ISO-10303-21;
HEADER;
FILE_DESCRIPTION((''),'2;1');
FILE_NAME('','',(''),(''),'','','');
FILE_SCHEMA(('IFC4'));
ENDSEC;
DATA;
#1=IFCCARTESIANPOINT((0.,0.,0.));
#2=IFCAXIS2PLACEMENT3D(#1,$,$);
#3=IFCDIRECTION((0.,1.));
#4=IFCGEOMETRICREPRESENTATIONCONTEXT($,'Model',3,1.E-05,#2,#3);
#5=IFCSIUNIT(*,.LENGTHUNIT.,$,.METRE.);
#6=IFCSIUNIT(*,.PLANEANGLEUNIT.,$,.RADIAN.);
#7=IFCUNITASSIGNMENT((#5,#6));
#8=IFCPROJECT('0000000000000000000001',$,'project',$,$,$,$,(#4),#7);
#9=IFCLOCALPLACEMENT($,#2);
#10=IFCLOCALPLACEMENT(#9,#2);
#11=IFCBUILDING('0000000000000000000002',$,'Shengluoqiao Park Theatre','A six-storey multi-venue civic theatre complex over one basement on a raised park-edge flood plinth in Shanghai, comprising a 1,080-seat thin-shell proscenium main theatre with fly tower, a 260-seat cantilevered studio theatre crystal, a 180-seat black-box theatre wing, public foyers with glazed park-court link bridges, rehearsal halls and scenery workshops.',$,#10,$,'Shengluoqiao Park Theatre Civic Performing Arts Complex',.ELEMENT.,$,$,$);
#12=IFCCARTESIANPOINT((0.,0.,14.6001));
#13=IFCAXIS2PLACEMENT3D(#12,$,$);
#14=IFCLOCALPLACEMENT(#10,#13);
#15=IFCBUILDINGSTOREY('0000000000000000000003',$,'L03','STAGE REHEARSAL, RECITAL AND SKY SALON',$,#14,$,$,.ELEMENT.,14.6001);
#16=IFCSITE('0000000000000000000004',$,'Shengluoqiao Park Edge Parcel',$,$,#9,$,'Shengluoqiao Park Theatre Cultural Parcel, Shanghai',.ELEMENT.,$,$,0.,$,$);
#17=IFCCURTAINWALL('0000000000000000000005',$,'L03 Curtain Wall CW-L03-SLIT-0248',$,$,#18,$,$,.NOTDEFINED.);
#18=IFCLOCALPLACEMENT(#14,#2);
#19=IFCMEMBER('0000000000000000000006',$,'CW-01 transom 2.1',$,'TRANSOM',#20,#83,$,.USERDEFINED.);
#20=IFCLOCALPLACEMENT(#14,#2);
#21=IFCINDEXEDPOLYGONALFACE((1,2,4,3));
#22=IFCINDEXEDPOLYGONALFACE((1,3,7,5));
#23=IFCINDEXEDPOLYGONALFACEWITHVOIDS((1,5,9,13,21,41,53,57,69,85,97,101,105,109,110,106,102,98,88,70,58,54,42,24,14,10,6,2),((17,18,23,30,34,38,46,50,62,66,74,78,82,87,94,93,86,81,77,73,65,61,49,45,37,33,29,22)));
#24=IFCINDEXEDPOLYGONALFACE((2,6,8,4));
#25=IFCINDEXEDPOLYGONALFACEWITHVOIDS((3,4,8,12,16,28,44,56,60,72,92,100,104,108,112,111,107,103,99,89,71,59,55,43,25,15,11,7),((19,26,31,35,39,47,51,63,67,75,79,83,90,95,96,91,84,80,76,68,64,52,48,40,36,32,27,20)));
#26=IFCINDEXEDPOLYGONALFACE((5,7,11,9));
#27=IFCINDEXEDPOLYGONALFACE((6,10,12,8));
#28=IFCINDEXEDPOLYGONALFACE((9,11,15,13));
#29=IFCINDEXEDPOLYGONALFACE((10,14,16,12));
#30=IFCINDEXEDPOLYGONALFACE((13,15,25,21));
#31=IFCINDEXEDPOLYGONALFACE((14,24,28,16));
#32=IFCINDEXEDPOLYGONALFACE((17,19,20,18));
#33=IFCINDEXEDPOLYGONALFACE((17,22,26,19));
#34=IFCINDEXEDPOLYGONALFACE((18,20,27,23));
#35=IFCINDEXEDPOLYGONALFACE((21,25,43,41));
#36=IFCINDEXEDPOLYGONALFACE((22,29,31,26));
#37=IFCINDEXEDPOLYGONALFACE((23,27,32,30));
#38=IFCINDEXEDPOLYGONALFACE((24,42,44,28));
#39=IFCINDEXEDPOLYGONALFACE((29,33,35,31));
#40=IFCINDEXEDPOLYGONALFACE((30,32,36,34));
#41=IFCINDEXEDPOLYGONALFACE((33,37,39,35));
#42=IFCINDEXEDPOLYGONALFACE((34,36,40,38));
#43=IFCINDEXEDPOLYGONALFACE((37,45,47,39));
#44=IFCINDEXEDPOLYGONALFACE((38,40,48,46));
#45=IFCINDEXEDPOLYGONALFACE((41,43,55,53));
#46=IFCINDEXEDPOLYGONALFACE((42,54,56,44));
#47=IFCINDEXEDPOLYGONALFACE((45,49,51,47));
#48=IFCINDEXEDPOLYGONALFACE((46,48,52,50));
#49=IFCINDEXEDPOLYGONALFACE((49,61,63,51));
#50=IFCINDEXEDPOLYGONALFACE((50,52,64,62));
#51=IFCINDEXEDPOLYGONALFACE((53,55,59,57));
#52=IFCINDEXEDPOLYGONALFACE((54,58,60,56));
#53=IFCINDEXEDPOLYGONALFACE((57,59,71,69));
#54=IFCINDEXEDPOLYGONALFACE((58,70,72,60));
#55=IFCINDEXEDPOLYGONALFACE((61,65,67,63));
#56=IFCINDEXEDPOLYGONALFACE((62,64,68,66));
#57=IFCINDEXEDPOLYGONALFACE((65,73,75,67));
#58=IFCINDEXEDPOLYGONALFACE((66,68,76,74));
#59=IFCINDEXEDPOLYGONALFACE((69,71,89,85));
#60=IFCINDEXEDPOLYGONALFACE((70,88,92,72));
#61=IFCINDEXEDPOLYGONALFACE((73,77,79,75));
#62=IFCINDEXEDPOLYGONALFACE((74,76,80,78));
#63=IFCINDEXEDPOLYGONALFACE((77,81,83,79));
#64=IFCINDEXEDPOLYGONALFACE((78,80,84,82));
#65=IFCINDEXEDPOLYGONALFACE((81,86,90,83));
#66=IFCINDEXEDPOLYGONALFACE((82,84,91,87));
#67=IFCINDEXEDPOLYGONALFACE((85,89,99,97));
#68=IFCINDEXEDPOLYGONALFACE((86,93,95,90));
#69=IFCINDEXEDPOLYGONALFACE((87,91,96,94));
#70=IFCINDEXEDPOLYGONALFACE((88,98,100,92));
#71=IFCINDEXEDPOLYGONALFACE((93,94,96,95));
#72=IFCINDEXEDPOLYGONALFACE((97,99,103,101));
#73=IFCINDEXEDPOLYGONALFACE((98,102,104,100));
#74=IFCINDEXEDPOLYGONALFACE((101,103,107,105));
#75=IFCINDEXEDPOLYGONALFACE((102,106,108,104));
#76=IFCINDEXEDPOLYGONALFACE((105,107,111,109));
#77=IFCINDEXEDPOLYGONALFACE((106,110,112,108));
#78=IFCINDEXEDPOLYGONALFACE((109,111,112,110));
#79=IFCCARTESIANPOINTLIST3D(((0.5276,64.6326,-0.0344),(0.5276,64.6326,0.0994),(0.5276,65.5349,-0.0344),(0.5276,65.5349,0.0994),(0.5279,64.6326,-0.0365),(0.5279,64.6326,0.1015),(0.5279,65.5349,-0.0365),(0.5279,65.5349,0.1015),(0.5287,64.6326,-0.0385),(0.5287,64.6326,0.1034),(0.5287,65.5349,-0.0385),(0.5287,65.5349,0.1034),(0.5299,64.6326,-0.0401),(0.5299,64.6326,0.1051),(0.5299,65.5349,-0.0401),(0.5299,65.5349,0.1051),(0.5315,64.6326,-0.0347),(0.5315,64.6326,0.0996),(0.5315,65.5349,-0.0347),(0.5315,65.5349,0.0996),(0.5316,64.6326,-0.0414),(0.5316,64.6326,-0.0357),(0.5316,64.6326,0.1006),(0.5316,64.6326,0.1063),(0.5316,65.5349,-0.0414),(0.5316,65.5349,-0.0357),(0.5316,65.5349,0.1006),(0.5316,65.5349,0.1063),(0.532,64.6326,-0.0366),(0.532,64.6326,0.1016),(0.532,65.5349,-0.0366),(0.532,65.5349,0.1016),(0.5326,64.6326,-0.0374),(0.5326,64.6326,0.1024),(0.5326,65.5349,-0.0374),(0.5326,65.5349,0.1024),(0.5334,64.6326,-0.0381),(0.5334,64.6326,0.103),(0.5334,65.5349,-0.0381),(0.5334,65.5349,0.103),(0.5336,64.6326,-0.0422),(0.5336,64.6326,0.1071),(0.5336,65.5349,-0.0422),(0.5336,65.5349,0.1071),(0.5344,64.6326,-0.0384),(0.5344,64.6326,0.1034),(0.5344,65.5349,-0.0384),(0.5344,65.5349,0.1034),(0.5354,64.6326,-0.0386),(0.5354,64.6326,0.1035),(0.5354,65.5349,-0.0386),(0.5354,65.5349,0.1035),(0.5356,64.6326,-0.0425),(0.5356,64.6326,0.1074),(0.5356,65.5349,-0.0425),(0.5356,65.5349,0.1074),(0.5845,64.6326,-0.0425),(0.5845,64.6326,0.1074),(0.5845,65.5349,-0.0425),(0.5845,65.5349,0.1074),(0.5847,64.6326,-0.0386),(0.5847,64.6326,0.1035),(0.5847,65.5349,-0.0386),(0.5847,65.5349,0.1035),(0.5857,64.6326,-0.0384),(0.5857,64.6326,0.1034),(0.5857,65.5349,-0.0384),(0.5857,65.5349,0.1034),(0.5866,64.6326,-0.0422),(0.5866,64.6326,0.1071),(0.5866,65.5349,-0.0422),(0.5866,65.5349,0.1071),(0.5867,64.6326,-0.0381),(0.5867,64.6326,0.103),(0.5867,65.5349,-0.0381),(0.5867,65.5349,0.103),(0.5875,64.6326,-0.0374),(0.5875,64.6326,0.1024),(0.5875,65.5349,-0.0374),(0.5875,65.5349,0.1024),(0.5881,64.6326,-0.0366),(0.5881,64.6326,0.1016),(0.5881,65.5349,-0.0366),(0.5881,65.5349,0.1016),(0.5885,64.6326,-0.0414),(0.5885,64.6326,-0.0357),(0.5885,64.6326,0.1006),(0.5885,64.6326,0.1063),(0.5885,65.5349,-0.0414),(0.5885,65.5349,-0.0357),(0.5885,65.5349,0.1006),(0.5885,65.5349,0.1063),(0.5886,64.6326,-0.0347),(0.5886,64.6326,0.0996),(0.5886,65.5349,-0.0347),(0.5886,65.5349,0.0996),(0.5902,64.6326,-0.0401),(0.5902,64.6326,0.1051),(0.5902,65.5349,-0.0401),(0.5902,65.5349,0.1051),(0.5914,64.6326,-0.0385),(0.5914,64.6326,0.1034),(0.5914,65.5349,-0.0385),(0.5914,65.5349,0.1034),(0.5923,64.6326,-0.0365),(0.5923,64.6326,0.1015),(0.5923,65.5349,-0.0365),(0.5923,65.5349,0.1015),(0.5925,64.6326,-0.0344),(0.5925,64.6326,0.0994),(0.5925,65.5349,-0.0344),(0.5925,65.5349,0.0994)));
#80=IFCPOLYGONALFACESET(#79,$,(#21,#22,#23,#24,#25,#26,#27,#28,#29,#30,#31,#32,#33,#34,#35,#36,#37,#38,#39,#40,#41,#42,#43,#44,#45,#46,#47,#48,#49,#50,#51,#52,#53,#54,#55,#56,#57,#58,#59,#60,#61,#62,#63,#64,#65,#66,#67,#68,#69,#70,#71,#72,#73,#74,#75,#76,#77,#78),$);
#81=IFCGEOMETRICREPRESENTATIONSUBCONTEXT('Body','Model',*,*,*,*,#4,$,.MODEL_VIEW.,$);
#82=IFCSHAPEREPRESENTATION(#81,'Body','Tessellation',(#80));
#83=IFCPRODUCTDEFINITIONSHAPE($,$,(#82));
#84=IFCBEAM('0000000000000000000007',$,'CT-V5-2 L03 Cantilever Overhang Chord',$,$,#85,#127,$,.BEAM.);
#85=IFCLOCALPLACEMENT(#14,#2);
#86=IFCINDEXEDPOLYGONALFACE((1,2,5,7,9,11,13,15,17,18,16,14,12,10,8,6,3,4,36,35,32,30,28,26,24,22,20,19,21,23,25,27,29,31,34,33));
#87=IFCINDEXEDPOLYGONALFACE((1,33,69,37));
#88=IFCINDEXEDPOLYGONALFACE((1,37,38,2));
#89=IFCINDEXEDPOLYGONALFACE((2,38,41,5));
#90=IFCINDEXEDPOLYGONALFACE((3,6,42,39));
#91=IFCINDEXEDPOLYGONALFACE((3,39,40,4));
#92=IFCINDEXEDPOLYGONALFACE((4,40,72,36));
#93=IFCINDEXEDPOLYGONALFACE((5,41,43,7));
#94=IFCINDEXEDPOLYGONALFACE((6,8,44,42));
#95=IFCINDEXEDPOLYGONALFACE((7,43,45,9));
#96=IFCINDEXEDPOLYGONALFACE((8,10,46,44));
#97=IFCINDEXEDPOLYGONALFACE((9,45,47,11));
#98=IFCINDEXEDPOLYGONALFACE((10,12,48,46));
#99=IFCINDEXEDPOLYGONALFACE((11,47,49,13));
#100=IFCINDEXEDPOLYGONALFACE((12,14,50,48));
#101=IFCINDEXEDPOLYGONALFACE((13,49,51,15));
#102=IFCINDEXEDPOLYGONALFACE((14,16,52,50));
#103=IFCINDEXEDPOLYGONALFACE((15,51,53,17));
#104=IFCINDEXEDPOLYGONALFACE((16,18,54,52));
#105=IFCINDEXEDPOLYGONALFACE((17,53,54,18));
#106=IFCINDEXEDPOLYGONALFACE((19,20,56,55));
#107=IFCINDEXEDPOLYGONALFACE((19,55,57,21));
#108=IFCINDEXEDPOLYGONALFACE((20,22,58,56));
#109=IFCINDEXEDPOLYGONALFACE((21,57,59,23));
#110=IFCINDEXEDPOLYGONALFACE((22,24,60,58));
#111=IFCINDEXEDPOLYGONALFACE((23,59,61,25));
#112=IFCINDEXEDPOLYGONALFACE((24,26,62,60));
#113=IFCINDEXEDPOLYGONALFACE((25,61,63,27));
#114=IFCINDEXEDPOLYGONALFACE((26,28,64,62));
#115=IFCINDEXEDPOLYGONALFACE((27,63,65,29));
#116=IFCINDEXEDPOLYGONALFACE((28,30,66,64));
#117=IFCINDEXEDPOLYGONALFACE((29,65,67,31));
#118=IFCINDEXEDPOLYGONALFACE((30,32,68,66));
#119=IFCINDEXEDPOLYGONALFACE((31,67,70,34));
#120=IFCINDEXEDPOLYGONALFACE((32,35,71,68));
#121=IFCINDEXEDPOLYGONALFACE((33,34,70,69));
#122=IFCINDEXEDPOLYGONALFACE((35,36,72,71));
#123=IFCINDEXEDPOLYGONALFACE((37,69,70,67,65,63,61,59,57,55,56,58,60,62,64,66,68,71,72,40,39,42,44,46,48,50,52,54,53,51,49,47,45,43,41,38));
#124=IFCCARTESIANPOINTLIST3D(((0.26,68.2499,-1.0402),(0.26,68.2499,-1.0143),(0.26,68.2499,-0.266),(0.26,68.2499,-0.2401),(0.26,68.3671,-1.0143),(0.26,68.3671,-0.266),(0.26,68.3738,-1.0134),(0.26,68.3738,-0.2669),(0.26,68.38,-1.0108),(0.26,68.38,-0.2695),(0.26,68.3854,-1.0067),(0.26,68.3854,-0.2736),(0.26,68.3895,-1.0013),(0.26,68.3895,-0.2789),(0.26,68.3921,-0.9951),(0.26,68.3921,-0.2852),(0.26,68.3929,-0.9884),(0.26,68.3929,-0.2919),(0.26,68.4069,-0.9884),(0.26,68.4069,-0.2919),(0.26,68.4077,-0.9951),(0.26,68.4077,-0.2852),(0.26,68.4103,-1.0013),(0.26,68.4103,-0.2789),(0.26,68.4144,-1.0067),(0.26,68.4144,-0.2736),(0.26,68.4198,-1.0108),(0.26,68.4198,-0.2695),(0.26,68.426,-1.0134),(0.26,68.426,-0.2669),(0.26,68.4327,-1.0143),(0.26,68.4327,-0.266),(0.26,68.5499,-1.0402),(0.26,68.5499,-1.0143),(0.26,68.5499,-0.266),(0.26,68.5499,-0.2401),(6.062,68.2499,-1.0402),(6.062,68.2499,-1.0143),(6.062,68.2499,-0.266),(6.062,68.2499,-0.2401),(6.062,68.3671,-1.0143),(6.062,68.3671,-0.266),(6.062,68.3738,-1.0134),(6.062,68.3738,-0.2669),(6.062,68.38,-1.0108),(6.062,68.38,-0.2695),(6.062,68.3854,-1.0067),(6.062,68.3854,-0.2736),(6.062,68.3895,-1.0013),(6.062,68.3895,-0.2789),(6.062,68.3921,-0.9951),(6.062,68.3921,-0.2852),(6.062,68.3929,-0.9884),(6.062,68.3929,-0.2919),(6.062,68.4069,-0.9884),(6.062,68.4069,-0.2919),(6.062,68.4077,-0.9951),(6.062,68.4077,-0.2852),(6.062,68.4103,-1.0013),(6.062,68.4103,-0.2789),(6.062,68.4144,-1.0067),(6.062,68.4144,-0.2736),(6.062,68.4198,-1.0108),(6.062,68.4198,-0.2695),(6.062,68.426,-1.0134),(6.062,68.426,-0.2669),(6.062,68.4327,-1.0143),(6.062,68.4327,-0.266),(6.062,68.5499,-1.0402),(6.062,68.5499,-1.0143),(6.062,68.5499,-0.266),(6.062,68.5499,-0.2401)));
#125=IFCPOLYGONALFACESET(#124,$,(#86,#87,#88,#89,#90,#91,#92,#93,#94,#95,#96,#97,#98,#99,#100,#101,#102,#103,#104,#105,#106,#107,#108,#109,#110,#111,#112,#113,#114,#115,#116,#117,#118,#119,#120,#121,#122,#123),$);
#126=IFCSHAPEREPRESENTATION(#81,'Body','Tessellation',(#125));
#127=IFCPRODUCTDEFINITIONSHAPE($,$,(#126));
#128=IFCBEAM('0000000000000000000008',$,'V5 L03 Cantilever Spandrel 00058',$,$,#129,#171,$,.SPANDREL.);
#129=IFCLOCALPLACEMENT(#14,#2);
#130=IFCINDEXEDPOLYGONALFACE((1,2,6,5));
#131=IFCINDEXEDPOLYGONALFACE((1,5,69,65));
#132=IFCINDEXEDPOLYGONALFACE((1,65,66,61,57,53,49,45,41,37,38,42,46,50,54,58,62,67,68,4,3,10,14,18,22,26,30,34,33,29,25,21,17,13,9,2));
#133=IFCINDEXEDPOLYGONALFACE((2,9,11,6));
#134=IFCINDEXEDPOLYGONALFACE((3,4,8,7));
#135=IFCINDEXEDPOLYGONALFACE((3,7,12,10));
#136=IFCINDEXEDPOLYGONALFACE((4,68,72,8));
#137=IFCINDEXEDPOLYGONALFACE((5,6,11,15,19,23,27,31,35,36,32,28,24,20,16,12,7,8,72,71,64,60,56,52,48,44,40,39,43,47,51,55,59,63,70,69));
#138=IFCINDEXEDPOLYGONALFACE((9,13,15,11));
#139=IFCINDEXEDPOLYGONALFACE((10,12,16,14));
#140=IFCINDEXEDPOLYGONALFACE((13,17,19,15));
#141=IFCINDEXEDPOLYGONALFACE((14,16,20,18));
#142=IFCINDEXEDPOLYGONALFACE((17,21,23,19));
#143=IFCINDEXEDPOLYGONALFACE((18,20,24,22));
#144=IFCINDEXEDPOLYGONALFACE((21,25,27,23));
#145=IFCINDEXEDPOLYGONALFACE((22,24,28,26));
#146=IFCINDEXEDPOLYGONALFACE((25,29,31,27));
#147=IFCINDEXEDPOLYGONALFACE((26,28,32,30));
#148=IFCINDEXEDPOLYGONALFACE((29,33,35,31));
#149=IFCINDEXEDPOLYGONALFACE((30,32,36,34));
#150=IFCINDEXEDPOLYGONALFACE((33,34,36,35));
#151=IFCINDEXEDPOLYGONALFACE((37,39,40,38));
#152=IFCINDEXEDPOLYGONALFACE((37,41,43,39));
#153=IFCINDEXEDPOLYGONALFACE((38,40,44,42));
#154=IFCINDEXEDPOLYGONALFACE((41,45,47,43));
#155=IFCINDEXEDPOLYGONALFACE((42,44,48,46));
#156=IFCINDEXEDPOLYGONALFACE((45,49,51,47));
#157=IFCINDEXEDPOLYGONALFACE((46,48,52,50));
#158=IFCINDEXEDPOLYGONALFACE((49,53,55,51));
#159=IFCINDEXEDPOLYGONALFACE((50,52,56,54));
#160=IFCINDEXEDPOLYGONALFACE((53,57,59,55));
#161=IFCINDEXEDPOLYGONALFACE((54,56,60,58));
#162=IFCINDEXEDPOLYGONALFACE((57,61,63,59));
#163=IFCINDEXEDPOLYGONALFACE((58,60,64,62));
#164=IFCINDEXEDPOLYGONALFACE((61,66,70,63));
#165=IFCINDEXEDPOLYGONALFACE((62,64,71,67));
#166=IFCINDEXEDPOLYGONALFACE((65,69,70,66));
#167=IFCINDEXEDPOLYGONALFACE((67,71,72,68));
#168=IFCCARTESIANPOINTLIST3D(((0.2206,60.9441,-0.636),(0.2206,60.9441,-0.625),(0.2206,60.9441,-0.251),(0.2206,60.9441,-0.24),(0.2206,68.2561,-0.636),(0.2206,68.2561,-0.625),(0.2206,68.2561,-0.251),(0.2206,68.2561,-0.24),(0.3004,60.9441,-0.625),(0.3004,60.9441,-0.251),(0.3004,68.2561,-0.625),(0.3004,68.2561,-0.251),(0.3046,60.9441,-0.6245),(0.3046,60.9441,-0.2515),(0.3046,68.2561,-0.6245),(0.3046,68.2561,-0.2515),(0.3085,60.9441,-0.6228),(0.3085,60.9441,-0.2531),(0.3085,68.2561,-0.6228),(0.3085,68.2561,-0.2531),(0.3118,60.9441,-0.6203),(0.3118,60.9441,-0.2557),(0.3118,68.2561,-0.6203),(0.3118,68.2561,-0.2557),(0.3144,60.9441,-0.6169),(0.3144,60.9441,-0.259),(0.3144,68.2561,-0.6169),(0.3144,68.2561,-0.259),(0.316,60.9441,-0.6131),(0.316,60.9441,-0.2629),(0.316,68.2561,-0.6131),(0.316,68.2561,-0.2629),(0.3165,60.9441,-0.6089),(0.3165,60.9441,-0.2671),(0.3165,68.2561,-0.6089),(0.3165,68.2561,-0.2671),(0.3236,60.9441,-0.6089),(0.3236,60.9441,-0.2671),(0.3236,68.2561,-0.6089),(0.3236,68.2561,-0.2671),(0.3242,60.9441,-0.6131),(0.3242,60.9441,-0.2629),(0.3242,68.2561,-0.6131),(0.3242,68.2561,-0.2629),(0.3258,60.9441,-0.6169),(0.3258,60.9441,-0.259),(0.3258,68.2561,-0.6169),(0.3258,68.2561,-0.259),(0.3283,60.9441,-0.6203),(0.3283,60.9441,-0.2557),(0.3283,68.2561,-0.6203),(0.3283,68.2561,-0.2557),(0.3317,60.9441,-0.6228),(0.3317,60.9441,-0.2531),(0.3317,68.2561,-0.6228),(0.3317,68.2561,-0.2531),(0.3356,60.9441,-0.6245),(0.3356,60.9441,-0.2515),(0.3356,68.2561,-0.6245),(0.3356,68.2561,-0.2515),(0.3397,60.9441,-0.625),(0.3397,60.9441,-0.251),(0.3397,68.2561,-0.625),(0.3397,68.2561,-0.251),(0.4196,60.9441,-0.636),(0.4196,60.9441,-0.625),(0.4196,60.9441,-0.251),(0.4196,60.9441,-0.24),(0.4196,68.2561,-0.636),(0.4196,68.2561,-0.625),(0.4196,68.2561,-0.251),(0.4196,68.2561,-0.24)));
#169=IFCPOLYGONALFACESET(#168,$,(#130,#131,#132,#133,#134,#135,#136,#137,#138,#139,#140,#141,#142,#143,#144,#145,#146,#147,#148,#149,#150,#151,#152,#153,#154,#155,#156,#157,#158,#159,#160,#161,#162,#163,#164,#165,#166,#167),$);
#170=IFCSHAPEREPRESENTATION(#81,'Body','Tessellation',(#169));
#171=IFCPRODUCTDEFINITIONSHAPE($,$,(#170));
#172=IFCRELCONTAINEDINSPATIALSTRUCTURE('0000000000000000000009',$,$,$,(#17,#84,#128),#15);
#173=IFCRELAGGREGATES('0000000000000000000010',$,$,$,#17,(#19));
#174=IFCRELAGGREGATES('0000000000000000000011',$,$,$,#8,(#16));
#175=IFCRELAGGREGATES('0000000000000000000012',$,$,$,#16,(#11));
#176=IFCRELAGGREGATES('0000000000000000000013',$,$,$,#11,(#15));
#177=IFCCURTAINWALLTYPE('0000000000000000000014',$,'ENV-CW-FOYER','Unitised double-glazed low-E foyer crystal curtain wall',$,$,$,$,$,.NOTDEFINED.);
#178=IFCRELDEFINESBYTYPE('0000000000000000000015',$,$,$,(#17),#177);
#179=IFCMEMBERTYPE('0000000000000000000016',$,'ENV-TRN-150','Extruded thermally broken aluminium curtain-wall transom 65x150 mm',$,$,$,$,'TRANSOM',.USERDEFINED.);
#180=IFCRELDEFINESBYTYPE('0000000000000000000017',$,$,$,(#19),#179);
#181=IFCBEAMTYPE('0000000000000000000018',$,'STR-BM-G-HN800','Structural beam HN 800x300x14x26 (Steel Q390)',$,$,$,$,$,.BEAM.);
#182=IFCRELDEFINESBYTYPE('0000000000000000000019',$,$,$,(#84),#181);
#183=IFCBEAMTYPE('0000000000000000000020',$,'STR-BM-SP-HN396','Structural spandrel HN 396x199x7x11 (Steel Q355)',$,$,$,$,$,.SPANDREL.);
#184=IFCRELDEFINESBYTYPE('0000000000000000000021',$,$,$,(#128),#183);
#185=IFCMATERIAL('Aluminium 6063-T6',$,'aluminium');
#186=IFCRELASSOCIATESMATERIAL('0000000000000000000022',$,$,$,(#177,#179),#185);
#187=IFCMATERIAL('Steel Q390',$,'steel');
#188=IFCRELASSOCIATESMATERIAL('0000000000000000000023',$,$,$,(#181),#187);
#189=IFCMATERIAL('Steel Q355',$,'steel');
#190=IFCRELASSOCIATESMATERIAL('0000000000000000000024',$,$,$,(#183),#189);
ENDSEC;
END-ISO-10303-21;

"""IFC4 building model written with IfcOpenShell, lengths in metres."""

from ifc_helpers import new_model, si_unit, direction, frame, origin, origin_2d, place, context, subcontext, project, spatial, hollow_rectangle, i_section, extrude, material, material_profile, profile_set, type_object, element, aggregate, save


model = new_model("IFC4")

# Units and contexts
model_context = context("Model", 3, precision=1e-05, world=origin(), true_north=direction((0.0, 1.0)))
body_context = subcontext(model_context, "Body", "Model", "MODEL_VIEW")
ifc_project = project(units=[si_unit("LENGTHUNIT", "METRE"), si_unit("PLANEANGLEUNIT", "RADIAN")], contexts=[model_context])

# Site, building, storey
site_placement = place(None, origin())
site = spatial("IfcSite", under=ifc_project, at=site_placement, Name="Shengluoqiao Park Edge Parcel", LongName="Shengluoqiao Park Theatre Cultural Parcel, Shanghai", CompositionType="ELEMENT", RefElevation=0.0)
building_placement = place(site_placement, origin())
building = spatial("IfcBuilding", under=site, at=building_placement, Name="Shengluoqiao Park Theatre", Description="A six-storey multi-venue civic theatre complex over one basement on a raised park-edge flood plinth in Shanghai, comprising a 1,080-seat thin-shell proscenium main theatre with fly tower, a 260-seat cantilevered studio theatre crystal, a 180-seat black-box theatre wing, public foyers with glazed park-court link bridges, rehearsal halls and scenery workshops.", LongName="Shengluoqiao Park Theatre Civic Performing Arts Complex", CompositionType="ELEMENT")
storey_placement = place(building_placement, frame((0.0, 0.0, 14.6001)))
storey = spatial("IfcBuildingStorey", under=building, at=storey_placement, Name="L03", Description="STAGE REHEARSAL, RECITAL AND SKY SALON", CompositionType="ELEMENT", Elevation=14.6001)

# Curtain wall, member
ifc_material_1 = material(Name="Aluminium 6063-T6", Category="aluminium")
curtain_wall_type = type_object("IfcCurtainWallType", Name="ENV-CW-FOYER", Description="Unitised double-glazed low-E foyer crystal curtain wall", PredefinedType="NOTDEFINED", material=ifc_material_1)
curtain_wall_placement = place(storey_placement, origin())
curtain_wall = element("IfcCurtainWall", 1, at=curtain_wall_placement, inside=storey, type_object=curtain_wall_type, Name="L03 Curtain Wall CW-L03-SLIT-0248", PredefinedType="NOTDEFINED")
ifc_material_profile_1 = material_profile(ifc_material_1, hollow_rectangle(XDim=0.0649, YDim=0.1499, WallThickness=0.0039, InnerFilletRadius=0.0039, OuterFilletRadius=0.0081, at=origin_2d()), Name="ALU TRANSOM 150x65x4")
ifc_profile_set_1 = profile_set([ifc_material_profile_1], Name="Aluminium 6063-T6")
member_type_1 = type_object("IfcMemberType", Name="ENV-TRN-150", Description="Extruded thermally broken aluminium curtain-wall transom 65x150 mm", ElementType="TRANSOM", PredefinedType="USERDEFINED", material=ifc_profile_set_1)
member_1_placement = place(storey_placement, frame((0.5601, 64.6326, 0.0325), z_axis=(0.0, 1.0, 0.0), x_axis=(-1.0, 0.0, 0.0)))
member_1 = element("IfcMember", 2, at=member_1_placement, type_object=member_type_1, Name="CW-01 transom 2.1", ObjectType="TRANSOM", PredefinedType="USERDEFINED", context=body_context, shape_type="SweptSolid", body=[
    extrude(hollow_rectangle(XDim=0.0649, YDim=0.1499, WallThickness=0.0039, InnerFilletRadius=0.0039, OuterFilletRadius=0.0081, at=origin_2d()), origin(), (0.0, 0.0, 1.0), 0.9023),
])

# Beams
ifc_material_2 = material(Name="Steel Q390", Category="steel")
ifc_material_profile_2 = material_profile(ifc_material_2, i_section(OverallWidth=0.3, OverallDepth=0.8, WebThickness=0.0139, FlangeThickness=0.0259, FilletRadius=0.0259, at=origin_2d()), Name="HN 800x300x14x26")
ifc_profile_set_2 = profile_set([ifc_material_profile_2], Name="Steel Q390")
beam_type_1 = type_object("IfcBeamType", Name="STR-BM-G-HN800", Description="Structural beam HN 800x300x14x26 (Steel Q390)", PredefinedType="BEAM", material=ifc_profile_set_2)
beam_placement = place(storey_placement, frame((0.26, 68.3999, -0.6401), z_axis=(1.0, 0.0, 0.0), x_axis=(0.0, 1.0, 0.0)))
element("IfcBeam", 3, at=beam_placement, inside=storey, type_object=beam_type_1, Name="CT-V5-2 L03 Cantilever Overhang Chord", PredefinedType="BEAM", context=body_context, shape_type="SweptSolid", body=[
    extrude(i_section(OverallWidth=0.3, OverallDepth=0.8, WebThickness=0.0139, FlangeThickness=0.0259, FilletRadius=0.0259, at=origin_2d()), origin(), (0.0, 0.0, 1.0), 5.802),
])
ifc_material_3 = material(Name="Steel Q355", Category="steel")
ifc_material_profile_3 = material_profile(ifc_material_3, i_section(OverallWidth=0.199, OverallDepth=0.396, WebThickness=0.0071, FlangeThickness=0.011, FilletRadius=0.0161, at=origin_2d()), Name="HN 396x199x7x11")
ifc_profile_set_3 = profile_set([ifc_material_profile_3], Name="Steel Q355")
beam_type_2 = type_object("IfcBeamType", Name="STR-BM-SP-HN396", Description="Structural spandrel HN 396x199x7x11 (Steel Q355)", PredefinedType="SPANDREL", material=ifc_profile_set_3)
for number, where, z_axis, x_axis, name in (
    (4, (0.3201, 60.9441, -0.438), (0.0, 1.0, 0.0), (-1.0, 0.0, 0.0), "V5 L03 Cantilever Spandrel 00058"),
):
    element("IfcBeam", number, at=place(storey_placement, frame(where, z_axis=z_axis, x_axis=x_axis)), inside=storey, type_object=beam_type_2, Name=name, PredefinedType="SPANDREL", context=body_context, shape_type="SweptSolid", body=[
        extrude(i_section(OverallWidth=0.199, OverallDepth=0.396, WebThickness=0.0071, FlangeThickness=0.011, FilletRadius=0.0161, at=origin_2d()), origin(), (0.0, 0.0, 1.0), 7.312),
    ])

aggregate(curtain_wall, [member_1])

save(model, "model.ifc")
